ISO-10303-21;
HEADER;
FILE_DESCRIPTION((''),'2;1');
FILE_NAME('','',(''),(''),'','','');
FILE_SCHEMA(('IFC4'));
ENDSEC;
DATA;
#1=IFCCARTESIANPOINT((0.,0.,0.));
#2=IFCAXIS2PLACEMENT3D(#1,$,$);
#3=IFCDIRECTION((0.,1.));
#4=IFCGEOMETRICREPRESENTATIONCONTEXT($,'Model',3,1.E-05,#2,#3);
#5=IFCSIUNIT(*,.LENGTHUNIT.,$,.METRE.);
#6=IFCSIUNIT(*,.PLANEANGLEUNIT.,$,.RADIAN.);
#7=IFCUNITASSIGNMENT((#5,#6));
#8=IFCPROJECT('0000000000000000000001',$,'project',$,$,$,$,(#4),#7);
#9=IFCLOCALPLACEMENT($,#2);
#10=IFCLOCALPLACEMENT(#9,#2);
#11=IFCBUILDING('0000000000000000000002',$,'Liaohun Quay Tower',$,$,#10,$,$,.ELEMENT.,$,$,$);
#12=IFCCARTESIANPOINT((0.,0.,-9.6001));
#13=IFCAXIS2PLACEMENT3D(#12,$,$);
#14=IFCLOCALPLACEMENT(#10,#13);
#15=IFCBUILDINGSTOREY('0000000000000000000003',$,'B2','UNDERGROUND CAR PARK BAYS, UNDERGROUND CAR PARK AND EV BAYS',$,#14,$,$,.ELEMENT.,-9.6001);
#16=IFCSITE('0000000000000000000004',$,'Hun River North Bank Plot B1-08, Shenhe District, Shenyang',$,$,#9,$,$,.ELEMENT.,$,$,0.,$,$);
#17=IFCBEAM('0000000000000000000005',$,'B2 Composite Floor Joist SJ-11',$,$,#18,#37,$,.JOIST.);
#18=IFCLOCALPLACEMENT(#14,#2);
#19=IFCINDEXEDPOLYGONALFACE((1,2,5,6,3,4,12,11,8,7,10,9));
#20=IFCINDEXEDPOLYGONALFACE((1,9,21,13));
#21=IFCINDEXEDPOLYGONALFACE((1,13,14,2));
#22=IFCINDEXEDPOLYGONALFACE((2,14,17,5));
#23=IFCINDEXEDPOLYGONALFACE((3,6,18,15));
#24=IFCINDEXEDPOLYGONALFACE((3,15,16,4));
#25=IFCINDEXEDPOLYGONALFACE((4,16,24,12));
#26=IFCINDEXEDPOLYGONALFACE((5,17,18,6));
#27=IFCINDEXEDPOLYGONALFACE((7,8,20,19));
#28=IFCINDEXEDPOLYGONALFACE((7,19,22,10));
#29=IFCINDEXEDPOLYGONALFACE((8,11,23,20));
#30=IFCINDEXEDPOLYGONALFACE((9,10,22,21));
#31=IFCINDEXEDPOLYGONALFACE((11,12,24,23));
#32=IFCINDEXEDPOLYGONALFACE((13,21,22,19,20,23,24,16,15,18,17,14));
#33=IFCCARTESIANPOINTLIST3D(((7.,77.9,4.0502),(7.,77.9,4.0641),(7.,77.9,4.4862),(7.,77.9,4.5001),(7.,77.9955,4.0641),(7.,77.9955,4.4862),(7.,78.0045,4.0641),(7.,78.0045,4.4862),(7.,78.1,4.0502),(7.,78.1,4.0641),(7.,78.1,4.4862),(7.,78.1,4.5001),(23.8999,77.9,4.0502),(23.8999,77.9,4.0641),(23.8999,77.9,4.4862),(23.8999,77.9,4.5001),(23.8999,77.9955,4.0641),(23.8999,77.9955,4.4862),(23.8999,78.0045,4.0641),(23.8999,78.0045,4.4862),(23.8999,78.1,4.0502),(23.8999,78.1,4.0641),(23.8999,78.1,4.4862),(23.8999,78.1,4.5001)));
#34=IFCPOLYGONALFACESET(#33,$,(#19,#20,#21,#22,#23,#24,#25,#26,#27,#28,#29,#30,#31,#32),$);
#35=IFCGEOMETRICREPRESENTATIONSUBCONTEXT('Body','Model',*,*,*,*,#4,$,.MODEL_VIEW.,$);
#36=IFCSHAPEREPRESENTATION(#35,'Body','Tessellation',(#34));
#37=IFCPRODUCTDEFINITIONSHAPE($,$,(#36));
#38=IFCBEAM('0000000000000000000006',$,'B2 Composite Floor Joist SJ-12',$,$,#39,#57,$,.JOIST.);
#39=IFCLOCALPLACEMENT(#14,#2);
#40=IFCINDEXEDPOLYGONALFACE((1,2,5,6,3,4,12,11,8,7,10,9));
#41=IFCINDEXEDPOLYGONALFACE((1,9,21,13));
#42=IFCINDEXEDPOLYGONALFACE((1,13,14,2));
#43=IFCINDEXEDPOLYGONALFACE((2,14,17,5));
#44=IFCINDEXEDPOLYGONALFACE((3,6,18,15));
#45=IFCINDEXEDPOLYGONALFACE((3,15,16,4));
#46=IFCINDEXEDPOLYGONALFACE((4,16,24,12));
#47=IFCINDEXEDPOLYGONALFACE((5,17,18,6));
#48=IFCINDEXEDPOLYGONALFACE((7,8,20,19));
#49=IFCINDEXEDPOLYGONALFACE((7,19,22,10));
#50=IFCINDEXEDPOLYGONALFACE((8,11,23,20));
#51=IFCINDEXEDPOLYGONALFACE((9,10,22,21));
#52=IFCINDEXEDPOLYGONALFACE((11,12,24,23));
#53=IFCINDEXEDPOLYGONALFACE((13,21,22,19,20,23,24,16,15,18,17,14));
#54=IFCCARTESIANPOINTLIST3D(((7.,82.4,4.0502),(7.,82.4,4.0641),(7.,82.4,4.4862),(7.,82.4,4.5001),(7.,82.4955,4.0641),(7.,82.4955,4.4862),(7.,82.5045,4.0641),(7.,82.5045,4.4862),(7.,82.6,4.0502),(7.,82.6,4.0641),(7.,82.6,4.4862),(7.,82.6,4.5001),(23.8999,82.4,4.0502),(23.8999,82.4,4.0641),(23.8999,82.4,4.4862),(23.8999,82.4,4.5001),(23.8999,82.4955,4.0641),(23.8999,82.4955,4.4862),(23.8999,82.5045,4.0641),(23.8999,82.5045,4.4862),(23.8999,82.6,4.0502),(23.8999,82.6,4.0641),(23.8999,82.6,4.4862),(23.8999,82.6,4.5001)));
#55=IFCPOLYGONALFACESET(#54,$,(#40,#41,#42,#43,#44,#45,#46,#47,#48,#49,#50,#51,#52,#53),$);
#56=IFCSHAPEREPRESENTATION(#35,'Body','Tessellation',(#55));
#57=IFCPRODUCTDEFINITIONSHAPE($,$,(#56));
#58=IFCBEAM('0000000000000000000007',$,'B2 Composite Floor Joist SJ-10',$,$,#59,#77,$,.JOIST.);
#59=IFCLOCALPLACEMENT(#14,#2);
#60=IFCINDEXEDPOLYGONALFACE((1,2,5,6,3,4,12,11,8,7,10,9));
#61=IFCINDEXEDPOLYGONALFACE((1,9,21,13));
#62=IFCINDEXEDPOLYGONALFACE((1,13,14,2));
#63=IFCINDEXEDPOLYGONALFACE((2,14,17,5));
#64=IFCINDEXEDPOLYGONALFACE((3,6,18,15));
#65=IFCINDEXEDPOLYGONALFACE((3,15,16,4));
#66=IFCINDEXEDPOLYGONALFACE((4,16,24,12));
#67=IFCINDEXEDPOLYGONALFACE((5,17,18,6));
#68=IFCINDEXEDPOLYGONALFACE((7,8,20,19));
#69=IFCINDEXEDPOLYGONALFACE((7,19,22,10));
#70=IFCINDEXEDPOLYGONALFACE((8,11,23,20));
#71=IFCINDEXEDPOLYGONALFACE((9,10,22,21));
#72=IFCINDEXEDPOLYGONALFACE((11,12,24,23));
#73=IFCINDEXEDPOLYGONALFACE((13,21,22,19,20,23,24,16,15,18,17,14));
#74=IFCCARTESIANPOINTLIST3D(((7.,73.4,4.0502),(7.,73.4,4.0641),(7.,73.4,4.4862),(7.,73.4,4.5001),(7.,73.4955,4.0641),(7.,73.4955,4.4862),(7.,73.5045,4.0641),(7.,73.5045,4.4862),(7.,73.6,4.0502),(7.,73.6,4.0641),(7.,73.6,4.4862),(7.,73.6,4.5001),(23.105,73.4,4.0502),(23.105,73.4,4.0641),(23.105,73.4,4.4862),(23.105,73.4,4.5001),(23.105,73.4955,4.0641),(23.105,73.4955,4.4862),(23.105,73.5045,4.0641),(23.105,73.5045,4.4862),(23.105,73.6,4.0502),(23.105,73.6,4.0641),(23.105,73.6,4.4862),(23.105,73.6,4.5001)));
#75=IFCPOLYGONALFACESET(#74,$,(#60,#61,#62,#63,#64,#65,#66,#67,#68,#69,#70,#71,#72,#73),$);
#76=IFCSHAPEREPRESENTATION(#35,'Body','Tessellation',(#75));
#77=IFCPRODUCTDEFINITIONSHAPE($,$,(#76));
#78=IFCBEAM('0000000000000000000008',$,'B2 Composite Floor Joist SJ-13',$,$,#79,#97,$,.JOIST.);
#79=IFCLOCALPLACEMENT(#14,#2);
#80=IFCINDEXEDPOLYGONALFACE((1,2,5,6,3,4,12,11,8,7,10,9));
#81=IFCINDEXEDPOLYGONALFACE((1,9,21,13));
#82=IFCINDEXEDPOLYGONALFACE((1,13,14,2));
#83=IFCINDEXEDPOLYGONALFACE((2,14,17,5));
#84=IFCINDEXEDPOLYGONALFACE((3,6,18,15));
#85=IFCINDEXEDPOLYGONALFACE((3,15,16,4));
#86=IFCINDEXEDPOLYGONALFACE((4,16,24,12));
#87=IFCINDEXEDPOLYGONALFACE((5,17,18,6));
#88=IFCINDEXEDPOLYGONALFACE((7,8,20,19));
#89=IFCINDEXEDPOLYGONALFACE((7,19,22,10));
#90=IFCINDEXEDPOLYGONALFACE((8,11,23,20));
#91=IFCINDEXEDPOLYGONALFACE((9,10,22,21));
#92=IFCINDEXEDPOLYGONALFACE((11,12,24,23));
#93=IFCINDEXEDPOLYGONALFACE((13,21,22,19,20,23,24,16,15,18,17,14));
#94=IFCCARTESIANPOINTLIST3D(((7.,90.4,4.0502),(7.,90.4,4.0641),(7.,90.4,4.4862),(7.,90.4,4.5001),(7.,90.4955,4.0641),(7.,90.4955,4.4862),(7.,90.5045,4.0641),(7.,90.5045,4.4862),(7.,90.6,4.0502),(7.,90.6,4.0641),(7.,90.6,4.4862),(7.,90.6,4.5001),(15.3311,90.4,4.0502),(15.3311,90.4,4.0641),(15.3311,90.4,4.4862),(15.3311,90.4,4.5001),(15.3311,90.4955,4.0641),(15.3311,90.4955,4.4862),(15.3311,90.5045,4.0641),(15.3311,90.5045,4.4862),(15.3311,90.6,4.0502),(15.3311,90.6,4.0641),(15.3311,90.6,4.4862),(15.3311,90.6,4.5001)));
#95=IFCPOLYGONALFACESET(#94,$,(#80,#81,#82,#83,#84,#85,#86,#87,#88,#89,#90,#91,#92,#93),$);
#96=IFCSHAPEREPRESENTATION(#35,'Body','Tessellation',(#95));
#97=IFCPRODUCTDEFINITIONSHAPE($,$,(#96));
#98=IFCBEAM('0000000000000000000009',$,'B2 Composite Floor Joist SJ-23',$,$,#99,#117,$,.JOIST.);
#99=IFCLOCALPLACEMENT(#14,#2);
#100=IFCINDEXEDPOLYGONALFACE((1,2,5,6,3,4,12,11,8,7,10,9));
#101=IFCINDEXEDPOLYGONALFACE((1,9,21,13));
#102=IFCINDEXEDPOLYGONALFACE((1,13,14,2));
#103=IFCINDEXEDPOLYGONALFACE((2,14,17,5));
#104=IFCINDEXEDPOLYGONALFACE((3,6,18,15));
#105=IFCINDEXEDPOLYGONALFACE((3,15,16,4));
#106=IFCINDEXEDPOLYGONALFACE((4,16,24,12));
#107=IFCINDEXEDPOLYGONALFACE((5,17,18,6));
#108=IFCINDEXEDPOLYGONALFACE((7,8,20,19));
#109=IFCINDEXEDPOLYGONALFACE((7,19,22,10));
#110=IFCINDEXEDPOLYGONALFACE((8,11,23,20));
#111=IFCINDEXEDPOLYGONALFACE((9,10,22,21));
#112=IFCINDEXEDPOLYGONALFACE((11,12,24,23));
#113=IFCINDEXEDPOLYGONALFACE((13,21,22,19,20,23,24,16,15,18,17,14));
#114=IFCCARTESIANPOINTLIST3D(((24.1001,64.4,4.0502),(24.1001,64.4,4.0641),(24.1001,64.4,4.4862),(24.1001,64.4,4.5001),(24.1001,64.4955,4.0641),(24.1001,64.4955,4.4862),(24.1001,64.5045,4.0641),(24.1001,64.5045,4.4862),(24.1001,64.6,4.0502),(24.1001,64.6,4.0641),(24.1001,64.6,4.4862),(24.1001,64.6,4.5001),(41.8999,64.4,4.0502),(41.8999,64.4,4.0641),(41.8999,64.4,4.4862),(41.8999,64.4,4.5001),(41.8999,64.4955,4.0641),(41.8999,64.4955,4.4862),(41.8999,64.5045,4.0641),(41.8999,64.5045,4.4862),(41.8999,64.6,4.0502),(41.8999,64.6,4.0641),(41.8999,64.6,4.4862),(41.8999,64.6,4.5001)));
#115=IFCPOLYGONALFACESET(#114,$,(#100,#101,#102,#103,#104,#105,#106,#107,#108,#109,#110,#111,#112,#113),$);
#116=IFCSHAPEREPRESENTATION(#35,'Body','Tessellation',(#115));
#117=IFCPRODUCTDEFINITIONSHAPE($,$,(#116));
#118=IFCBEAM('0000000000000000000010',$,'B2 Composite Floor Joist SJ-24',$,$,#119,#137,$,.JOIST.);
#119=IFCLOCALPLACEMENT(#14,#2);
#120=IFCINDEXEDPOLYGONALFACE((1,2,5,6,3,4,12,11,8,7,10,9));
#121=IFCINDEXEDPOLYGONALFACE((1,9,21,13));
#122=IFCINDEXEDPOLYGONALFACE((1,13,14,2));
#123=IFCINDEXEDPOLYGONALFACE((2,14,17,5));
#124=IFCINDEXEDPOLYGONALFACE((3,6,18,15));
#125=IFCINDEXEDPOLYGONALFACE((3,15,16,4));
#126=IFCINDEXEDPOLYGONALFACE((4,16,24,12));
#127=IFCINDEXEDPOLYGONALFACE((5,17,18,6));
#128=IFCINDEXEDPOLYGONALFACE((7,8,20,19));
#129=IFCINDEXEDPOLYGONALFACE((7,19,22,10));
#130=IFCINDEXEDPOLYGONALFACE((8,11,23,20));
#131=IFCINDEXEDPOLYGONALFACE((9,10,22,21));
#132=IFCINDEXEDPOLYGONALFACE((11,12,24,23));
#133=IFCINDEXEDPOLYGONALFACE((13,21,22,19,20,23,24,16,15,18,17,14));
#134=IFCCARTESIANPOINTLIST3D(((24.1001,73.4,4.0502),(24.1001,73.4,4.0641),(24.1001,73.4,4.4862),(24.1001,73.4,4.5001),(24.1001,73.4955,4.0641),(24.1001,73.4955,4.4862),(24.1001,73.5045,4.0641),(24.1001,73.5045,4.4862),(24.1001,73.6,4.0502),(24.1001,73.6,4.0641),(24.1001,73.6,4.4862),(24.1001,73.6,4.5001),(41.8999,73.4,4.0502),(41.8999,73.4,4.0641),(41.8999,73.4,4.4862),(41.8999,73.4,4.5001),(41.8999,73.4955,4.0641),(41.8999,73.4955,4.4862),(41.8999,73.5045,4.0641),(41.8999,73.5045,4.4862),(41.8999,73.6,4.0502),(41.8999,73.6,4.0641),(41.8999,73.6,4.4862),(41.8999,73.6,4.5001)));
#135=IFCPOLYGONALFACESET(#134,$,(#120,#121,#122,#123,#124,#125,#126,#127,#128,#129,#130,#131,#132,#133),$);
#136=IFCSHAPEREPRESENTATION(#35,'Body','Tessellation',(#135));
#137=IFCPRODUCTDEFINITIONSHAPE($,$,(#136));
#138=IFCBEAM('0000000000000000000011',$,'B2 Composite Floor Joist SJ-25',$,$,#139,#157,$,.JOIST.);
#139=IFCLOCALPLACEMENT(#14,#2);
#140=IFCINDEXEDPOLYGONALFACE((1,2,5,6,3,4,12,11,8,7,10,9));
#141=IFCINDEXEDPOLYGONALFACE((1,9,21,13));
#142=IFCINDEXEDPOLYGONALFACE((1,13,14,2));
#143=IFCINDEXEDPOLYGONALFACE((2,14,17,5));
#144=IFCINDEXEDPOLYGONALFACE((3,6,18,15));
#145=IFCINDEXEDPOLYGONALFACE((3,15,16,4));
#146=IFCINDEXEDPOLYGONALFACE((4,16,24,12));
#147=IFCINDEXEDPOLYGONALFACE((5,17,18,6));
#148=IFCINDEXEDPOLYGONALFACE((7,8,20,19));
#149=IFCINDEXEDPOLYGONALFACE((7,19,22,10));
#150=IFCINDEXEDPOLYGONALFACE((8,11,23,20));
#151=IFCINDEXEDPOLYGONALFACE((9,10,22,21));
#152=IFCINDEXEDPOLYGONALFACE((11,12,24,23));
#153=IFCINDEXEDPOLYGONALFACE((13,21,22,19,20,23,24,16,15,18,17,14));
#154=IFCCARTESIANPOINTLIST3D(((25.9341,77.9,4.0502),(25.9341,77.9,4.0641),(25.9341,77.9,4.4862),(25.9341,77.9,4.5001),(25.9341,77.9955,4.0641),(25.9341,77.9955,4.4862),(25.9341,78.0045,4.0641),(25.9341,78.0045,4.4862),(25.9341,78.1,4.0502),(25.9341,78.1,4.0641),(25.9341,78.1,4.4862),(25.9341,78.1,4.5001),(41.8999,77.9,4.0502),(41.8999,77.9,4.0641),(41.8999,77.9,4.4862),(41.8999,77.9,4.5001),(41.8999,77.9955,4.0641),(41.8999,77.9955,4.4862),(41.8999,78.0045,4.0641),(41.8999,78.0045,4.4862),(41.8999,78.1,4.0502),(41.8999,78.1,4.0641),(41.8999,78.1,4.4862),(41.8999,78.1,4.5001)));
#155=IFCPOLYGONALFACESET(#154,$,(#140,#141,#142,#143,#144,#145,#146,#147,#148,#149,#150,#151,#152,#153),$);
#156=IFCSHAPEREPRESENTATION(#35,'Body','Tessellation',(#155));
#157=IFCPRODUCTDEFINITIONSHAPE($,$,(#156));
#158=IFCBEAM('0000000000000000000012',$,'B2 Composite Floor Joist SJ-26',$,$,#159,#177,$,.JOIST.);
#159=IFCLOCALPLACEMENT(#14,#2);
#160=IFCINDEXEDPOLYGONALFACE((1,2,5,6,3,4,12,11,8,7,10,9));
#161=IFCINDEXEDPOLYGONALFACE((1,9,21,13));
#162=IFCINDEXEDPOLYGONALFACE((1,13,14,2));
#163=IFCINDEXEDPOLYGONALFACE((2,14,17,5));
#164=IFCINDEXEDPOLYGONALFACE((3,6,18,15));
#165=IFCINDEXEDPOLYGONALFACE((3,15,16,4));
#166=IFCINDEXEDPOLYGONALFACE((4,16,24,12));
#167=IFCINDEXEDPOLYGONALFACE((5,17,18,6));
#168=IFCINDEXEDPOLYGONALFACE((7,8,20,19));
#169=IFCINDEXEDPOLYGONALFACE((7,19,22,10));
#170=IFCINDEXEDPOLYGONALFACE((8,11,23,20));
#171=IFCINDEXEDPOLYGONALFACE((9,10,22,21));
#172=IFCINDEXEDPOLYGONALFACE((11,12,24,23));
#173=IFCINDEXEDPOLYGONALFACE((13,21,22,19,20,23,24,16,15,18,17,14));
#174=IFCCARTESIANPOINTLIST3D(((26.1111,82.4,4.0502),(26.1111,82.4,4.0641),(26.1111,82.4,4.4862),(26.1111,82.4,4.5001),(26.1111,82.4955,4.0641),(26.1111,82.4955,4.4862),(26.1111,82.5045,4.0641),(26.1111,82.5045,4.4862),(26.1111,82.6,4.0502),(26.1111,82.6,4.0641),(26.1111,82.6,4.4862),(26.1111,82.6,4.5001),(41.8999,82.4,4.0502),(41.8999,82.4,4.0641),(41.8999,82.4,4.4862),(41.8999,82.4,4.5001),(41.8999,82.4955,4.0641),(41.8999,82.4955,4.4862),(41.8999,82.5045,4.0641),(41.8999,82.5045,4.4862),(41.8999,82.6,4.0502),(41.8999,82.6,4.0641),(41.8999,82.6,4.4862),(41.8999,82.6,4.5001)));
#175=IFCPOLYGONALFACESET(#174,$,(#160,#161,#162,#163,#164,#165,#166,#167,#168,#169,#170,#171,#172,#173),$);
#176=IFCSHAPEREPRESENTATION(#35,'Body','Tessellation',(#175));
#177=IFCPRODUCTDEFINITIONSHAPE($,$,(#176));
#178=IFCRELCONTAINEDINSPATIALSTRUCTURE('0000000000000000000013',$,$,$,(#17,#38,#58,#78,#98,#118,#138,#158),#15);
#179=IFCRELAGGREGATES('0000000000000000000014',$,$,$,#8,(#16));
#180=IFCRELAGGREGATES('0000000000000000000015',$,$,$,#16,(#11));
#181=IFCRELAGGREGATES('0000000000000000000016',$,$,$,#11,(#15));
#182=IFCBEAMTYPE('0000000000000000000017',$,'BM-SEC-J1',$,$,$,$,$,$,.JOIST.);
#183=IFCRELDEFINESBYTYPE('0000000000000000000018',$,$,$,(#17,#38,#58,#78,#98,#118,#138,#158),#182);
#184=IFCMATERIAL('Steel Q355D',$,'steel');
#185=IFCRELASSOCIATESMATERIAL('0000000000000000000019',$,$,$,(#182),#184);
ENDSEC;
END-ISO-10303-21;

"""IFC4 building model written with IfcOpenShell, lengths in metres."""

from ifc_helpers import new_model, si_unit, direction, frame, origin, origin_2d, place, context, subcontext, project, spatial, i_section, extrude, source, transform, mapped, material, material_profile, profile_set, type_object, element, save


model = new_model("IFC4")

# Units and contexts
model_context = context("Model", 3, precision=1e-05, world=origin(), true_north=direction((0.0, 1.0)))
body_context = subcontext(model_context, "Body", "Model", "MODEL_VIEW")
ifc_project = project(units=[si_unit("LENGTHUNIT", "METRE"), si_unit("PLANEANGLEUNIT", "RADIAN")], contexts=[model_context])

# Site, building, storey
site_placement = place(None, origin())
site = spatial("IfcSite", under=ifc_project, at=site_placement, Name="Hun River North Bank Plot B1-08, Shenhe District, Shenyang", CompositionType="ELEMENT", RefElevation=0.0)
building_placement = place(site_placement, origin())
building = spatial("IfcBuilding", under=site, at=building_placement, Name="Liaohun Quay Tower", CompositionType="ELEMENT")
storey_placement = place(building_placement, frame((0.0, 0.0, -9.6001)))
storey = spatial("IfcBuildingStorey", under=building, at=storey_placement, Name="B2", Description="UNDERGROUND CAR PARK BAYS, UNDERGROUND CAR PARK AND EV BAYS", CompositionType="ELEMENT", Elevation=-9.6001)

# Beams
ifc_material_1 = material(Name="Steel Q355D", Category="steel")
ifc_material_profile_1 = material_profile(ifc_material_1, i_section(OverallWidth=0.2, OverallDepth=0.45, WebThickness=0.009, FlangeThickness=0.0139, at=origin_2d()), Name="HN450x200x9x14")
ifc_profile_set_1 = profile_set([ifc_material_profile_1], Name="Steel Q355D")
beam_type_1 = type_object("IfcBeamType", Name="BM-SEC-J1", PredefinedType="JOIST", material=ifc_profile_set_1)
shared_shape_1 = source(origin(), body_context, "Body", "SweptSolid", [
    extrude(i_section(OverallWidth=0.2, OverallDepth=0.45, WebThickness=0.009, FlangeThickness=0.0139, at=origin_2d()), origin(), (0.0, 0.0, 1.0), 16.8999),
])
for number, where, z_axis, x_axis, name in (
    (1, (7.0, 78.0, 4.2751), (1.0, 0.0, 0.0), (0.0, 1.0, 0.0), "B2 Composite Floor Joist SJ-11"),
    (2, (7.0, 82.5, 4.2751), (1.0, 0.0, 0.0), (0.0, 1.0, 0.0), "B2 Composite Floor Joist SJ-12"),
):
    element("IfcBeam", number, at=place(storey_placement, frame(where, z_axis=z_axis, x_axis=x_axis)), inside=storey, type_object=beam_type_1, Name=name, PredefinedType="JOIST", context=body_context, shape_type="MappedRepresentation", body=[
        mapped(shared_shape_1, transform((0.0, 0.0, 0.0), x_axis=(1.0, 0.0, 0.0), y_axis=(0.0, 1.0, 0.0), z_axis=(0.0, 0.0, 1.0), scale=1.0)),
    ])
shared_shape_2 = source(origin(), body_context, "Body", "SweptSolid", [
    extrude(i_section(OverallWidth=0.2, OverallDepth=0.45, WebThickness=0.009, FlangeThickness=0.0139, at=origin_2d()), origin(), (0.0, 0.0, 1.0), 16.105),
])
beam_1_placement = place(storey_placement, frame((7.0, 73.5, 4.2751), z_axis=(1.0, 0.0, 0.0), x_axis=(0.0, 1.0, 0.0)))
element("IfcBeam", 3, at=beam_1_placement, inside=storey, type_object=beam_type_1, Name="B2 Composite Floor Joist SJ-10", PredefinedType="JOIST", context=body_context, shape_type="MappedRepresentation", body=[
    mapped(shared_shape_2, transform((0.0, 0.0, 0.0), x_axis=(1.0, 0.0, 0.0), y_axis=(0.0, 1.0, 0.0), z_axis=(0.0, 0.0, 1.0), scale=1.0)),
])
shared_shape_3 = source(origin(), body_context, "Body", "SweptSolid", [
    extrude(i_section(OverallWidth=0.2, OverallDepth=0.45, WebThickness=0.009, FlangeThickness=0.0139, at=origin_2d()), origin(), (0.0, 0.0, 1.0), 8.3311),
])
beam_2_placement = place(storey_placement, frame((7.0, 90.5, 4.2751), z_axis=(1.0, 0.0, 0.0), x_axis=(0.0, 1.0, 0.0)))
element("IfcBeam", 4, at=beam_2_placement, inside=storey, type_object=beam_type_1, Name="B2 Composite Floor Joist SJ-13", PredefinedType="JOIST", context=body_context, shape_type="MappedRepresentation", body=[
    mapped(shared_shape_3, transform((0.0, 0.0, 0.0), x_axis=(1.0, 0.0, 0.0), y_axis=(0.0, 1.0, 0.0), z_axis=(0.0, 0.0, 1.0), scale=1.0)),
])
shared_shape_4 = source(origin(), body_context, "Body", "SweptSolid", [
    extrude(i_section(OverallWidth=0.2, OverallDepth=0.45, WebThickness=0.009, FlangeThickness=0.0139, at=origin_2d()), origin(), (0.0, 0.0, 1.0), 17.7998),
])
for number, where, z_axis, x_axis, name in (
    (5, (24.1001, 64.5, 4.2751), (1.0, 0.0, 0.0), (0.0, 1.0, 0.0), "B2 Composite Floor Joist SJ-23"),
    (6, (24.1001, 73.5, 4.2751), (1.0, 0.0, 0.0), (0.0, 1.0, 0.0), "B2 Composite Floor Joist SJ-24"),
):
    element("IfcBeam", number, at=place(storey_placement, frame(where, z_axis=z_axis, x_axis=x_axis)), inside=storey, type_object=beam_type_1, Name=name, PredefinedType="JOIST", context=body_context, shape_type="MappedRepresentation", body=[
        mapped(shared_shape_4, transform((0.0, 0.0, 0.0), x_axis=(1.0, 0.0, 0.0), y_axis=(0.0, 1.0, 0.0), z_axis=(0.0, 0.0, 1.0), scale=1.0)),
    ])
shared_shape_5 = source(origin(), body_context, "Body", "SweptSolid", [
    extrude(i_section(OverallWidth=0.2, OverallDepth=0.45, WebThickness=0.009, FlangeThickness=0.0139, at=origin_2d()), origin(), (0.0, 0.0, 1.0), 15.9658),
])
beam_3_placement = place(storey_placement, frame((25.9341, 78.0, 4.2751), z_axis=(1.0, 0.0, 0.0), x_axis=(0.0, 1.0, 0.0)))
element("IfcBeam", 7, at=beam_3_placement, inside=storey, type_object=beam_type_1, Name="B2 Composite Floor Joist SJ-25", PredefinedType="JOIST", context=body_context, shape_type="MappedRepresentation", body=[
    mapped(shared_shape_5, transform((0.0, 0.0, 0.0), x_axis=(1.0, 0.0, 0.0), y_axis=(0.0, 1.0, 0.0), z_axis=(0.0, 0.0, 1.0), scale=1.0)),
])
shared_shape_6 = source(origin(), body_context, "Body", "SweptSolid", [
    extrude(i_section(OverallWidth=0.2, OverallDepth=0.45, WebThickness=0.009, FlangeThickness=0.0139, at=origin_2d()), origin(), (0.0, 0.0, 1.0), 15.7888),
])
beam_4_placement = place(storey_placement, frame((26.1111, 82.5, 4.2751), z_axis=(1.0, 0.0, 0.0), x_axis=(0.0, 1.0, 0.0)))
element("IfcBeam", 8, at=beam_4_placement, inside=storey, type_object=beam_type_1, Name="B2 Composite Floor Joist SJ-26", PredefinedType="JOIST", context=body_context, shape_type="MappedRepresentation", body=[
    mapped(shared_shape_6, transform((0.0, 0.0, 0.0), x_axis=(1.0, 0.0, 0.0), y_axis=(0.0, 1.0, 0.0), z_axis=(0.0, 0.0, 1.0), scale=1.0)),
])

save(model, "model.ifc")
